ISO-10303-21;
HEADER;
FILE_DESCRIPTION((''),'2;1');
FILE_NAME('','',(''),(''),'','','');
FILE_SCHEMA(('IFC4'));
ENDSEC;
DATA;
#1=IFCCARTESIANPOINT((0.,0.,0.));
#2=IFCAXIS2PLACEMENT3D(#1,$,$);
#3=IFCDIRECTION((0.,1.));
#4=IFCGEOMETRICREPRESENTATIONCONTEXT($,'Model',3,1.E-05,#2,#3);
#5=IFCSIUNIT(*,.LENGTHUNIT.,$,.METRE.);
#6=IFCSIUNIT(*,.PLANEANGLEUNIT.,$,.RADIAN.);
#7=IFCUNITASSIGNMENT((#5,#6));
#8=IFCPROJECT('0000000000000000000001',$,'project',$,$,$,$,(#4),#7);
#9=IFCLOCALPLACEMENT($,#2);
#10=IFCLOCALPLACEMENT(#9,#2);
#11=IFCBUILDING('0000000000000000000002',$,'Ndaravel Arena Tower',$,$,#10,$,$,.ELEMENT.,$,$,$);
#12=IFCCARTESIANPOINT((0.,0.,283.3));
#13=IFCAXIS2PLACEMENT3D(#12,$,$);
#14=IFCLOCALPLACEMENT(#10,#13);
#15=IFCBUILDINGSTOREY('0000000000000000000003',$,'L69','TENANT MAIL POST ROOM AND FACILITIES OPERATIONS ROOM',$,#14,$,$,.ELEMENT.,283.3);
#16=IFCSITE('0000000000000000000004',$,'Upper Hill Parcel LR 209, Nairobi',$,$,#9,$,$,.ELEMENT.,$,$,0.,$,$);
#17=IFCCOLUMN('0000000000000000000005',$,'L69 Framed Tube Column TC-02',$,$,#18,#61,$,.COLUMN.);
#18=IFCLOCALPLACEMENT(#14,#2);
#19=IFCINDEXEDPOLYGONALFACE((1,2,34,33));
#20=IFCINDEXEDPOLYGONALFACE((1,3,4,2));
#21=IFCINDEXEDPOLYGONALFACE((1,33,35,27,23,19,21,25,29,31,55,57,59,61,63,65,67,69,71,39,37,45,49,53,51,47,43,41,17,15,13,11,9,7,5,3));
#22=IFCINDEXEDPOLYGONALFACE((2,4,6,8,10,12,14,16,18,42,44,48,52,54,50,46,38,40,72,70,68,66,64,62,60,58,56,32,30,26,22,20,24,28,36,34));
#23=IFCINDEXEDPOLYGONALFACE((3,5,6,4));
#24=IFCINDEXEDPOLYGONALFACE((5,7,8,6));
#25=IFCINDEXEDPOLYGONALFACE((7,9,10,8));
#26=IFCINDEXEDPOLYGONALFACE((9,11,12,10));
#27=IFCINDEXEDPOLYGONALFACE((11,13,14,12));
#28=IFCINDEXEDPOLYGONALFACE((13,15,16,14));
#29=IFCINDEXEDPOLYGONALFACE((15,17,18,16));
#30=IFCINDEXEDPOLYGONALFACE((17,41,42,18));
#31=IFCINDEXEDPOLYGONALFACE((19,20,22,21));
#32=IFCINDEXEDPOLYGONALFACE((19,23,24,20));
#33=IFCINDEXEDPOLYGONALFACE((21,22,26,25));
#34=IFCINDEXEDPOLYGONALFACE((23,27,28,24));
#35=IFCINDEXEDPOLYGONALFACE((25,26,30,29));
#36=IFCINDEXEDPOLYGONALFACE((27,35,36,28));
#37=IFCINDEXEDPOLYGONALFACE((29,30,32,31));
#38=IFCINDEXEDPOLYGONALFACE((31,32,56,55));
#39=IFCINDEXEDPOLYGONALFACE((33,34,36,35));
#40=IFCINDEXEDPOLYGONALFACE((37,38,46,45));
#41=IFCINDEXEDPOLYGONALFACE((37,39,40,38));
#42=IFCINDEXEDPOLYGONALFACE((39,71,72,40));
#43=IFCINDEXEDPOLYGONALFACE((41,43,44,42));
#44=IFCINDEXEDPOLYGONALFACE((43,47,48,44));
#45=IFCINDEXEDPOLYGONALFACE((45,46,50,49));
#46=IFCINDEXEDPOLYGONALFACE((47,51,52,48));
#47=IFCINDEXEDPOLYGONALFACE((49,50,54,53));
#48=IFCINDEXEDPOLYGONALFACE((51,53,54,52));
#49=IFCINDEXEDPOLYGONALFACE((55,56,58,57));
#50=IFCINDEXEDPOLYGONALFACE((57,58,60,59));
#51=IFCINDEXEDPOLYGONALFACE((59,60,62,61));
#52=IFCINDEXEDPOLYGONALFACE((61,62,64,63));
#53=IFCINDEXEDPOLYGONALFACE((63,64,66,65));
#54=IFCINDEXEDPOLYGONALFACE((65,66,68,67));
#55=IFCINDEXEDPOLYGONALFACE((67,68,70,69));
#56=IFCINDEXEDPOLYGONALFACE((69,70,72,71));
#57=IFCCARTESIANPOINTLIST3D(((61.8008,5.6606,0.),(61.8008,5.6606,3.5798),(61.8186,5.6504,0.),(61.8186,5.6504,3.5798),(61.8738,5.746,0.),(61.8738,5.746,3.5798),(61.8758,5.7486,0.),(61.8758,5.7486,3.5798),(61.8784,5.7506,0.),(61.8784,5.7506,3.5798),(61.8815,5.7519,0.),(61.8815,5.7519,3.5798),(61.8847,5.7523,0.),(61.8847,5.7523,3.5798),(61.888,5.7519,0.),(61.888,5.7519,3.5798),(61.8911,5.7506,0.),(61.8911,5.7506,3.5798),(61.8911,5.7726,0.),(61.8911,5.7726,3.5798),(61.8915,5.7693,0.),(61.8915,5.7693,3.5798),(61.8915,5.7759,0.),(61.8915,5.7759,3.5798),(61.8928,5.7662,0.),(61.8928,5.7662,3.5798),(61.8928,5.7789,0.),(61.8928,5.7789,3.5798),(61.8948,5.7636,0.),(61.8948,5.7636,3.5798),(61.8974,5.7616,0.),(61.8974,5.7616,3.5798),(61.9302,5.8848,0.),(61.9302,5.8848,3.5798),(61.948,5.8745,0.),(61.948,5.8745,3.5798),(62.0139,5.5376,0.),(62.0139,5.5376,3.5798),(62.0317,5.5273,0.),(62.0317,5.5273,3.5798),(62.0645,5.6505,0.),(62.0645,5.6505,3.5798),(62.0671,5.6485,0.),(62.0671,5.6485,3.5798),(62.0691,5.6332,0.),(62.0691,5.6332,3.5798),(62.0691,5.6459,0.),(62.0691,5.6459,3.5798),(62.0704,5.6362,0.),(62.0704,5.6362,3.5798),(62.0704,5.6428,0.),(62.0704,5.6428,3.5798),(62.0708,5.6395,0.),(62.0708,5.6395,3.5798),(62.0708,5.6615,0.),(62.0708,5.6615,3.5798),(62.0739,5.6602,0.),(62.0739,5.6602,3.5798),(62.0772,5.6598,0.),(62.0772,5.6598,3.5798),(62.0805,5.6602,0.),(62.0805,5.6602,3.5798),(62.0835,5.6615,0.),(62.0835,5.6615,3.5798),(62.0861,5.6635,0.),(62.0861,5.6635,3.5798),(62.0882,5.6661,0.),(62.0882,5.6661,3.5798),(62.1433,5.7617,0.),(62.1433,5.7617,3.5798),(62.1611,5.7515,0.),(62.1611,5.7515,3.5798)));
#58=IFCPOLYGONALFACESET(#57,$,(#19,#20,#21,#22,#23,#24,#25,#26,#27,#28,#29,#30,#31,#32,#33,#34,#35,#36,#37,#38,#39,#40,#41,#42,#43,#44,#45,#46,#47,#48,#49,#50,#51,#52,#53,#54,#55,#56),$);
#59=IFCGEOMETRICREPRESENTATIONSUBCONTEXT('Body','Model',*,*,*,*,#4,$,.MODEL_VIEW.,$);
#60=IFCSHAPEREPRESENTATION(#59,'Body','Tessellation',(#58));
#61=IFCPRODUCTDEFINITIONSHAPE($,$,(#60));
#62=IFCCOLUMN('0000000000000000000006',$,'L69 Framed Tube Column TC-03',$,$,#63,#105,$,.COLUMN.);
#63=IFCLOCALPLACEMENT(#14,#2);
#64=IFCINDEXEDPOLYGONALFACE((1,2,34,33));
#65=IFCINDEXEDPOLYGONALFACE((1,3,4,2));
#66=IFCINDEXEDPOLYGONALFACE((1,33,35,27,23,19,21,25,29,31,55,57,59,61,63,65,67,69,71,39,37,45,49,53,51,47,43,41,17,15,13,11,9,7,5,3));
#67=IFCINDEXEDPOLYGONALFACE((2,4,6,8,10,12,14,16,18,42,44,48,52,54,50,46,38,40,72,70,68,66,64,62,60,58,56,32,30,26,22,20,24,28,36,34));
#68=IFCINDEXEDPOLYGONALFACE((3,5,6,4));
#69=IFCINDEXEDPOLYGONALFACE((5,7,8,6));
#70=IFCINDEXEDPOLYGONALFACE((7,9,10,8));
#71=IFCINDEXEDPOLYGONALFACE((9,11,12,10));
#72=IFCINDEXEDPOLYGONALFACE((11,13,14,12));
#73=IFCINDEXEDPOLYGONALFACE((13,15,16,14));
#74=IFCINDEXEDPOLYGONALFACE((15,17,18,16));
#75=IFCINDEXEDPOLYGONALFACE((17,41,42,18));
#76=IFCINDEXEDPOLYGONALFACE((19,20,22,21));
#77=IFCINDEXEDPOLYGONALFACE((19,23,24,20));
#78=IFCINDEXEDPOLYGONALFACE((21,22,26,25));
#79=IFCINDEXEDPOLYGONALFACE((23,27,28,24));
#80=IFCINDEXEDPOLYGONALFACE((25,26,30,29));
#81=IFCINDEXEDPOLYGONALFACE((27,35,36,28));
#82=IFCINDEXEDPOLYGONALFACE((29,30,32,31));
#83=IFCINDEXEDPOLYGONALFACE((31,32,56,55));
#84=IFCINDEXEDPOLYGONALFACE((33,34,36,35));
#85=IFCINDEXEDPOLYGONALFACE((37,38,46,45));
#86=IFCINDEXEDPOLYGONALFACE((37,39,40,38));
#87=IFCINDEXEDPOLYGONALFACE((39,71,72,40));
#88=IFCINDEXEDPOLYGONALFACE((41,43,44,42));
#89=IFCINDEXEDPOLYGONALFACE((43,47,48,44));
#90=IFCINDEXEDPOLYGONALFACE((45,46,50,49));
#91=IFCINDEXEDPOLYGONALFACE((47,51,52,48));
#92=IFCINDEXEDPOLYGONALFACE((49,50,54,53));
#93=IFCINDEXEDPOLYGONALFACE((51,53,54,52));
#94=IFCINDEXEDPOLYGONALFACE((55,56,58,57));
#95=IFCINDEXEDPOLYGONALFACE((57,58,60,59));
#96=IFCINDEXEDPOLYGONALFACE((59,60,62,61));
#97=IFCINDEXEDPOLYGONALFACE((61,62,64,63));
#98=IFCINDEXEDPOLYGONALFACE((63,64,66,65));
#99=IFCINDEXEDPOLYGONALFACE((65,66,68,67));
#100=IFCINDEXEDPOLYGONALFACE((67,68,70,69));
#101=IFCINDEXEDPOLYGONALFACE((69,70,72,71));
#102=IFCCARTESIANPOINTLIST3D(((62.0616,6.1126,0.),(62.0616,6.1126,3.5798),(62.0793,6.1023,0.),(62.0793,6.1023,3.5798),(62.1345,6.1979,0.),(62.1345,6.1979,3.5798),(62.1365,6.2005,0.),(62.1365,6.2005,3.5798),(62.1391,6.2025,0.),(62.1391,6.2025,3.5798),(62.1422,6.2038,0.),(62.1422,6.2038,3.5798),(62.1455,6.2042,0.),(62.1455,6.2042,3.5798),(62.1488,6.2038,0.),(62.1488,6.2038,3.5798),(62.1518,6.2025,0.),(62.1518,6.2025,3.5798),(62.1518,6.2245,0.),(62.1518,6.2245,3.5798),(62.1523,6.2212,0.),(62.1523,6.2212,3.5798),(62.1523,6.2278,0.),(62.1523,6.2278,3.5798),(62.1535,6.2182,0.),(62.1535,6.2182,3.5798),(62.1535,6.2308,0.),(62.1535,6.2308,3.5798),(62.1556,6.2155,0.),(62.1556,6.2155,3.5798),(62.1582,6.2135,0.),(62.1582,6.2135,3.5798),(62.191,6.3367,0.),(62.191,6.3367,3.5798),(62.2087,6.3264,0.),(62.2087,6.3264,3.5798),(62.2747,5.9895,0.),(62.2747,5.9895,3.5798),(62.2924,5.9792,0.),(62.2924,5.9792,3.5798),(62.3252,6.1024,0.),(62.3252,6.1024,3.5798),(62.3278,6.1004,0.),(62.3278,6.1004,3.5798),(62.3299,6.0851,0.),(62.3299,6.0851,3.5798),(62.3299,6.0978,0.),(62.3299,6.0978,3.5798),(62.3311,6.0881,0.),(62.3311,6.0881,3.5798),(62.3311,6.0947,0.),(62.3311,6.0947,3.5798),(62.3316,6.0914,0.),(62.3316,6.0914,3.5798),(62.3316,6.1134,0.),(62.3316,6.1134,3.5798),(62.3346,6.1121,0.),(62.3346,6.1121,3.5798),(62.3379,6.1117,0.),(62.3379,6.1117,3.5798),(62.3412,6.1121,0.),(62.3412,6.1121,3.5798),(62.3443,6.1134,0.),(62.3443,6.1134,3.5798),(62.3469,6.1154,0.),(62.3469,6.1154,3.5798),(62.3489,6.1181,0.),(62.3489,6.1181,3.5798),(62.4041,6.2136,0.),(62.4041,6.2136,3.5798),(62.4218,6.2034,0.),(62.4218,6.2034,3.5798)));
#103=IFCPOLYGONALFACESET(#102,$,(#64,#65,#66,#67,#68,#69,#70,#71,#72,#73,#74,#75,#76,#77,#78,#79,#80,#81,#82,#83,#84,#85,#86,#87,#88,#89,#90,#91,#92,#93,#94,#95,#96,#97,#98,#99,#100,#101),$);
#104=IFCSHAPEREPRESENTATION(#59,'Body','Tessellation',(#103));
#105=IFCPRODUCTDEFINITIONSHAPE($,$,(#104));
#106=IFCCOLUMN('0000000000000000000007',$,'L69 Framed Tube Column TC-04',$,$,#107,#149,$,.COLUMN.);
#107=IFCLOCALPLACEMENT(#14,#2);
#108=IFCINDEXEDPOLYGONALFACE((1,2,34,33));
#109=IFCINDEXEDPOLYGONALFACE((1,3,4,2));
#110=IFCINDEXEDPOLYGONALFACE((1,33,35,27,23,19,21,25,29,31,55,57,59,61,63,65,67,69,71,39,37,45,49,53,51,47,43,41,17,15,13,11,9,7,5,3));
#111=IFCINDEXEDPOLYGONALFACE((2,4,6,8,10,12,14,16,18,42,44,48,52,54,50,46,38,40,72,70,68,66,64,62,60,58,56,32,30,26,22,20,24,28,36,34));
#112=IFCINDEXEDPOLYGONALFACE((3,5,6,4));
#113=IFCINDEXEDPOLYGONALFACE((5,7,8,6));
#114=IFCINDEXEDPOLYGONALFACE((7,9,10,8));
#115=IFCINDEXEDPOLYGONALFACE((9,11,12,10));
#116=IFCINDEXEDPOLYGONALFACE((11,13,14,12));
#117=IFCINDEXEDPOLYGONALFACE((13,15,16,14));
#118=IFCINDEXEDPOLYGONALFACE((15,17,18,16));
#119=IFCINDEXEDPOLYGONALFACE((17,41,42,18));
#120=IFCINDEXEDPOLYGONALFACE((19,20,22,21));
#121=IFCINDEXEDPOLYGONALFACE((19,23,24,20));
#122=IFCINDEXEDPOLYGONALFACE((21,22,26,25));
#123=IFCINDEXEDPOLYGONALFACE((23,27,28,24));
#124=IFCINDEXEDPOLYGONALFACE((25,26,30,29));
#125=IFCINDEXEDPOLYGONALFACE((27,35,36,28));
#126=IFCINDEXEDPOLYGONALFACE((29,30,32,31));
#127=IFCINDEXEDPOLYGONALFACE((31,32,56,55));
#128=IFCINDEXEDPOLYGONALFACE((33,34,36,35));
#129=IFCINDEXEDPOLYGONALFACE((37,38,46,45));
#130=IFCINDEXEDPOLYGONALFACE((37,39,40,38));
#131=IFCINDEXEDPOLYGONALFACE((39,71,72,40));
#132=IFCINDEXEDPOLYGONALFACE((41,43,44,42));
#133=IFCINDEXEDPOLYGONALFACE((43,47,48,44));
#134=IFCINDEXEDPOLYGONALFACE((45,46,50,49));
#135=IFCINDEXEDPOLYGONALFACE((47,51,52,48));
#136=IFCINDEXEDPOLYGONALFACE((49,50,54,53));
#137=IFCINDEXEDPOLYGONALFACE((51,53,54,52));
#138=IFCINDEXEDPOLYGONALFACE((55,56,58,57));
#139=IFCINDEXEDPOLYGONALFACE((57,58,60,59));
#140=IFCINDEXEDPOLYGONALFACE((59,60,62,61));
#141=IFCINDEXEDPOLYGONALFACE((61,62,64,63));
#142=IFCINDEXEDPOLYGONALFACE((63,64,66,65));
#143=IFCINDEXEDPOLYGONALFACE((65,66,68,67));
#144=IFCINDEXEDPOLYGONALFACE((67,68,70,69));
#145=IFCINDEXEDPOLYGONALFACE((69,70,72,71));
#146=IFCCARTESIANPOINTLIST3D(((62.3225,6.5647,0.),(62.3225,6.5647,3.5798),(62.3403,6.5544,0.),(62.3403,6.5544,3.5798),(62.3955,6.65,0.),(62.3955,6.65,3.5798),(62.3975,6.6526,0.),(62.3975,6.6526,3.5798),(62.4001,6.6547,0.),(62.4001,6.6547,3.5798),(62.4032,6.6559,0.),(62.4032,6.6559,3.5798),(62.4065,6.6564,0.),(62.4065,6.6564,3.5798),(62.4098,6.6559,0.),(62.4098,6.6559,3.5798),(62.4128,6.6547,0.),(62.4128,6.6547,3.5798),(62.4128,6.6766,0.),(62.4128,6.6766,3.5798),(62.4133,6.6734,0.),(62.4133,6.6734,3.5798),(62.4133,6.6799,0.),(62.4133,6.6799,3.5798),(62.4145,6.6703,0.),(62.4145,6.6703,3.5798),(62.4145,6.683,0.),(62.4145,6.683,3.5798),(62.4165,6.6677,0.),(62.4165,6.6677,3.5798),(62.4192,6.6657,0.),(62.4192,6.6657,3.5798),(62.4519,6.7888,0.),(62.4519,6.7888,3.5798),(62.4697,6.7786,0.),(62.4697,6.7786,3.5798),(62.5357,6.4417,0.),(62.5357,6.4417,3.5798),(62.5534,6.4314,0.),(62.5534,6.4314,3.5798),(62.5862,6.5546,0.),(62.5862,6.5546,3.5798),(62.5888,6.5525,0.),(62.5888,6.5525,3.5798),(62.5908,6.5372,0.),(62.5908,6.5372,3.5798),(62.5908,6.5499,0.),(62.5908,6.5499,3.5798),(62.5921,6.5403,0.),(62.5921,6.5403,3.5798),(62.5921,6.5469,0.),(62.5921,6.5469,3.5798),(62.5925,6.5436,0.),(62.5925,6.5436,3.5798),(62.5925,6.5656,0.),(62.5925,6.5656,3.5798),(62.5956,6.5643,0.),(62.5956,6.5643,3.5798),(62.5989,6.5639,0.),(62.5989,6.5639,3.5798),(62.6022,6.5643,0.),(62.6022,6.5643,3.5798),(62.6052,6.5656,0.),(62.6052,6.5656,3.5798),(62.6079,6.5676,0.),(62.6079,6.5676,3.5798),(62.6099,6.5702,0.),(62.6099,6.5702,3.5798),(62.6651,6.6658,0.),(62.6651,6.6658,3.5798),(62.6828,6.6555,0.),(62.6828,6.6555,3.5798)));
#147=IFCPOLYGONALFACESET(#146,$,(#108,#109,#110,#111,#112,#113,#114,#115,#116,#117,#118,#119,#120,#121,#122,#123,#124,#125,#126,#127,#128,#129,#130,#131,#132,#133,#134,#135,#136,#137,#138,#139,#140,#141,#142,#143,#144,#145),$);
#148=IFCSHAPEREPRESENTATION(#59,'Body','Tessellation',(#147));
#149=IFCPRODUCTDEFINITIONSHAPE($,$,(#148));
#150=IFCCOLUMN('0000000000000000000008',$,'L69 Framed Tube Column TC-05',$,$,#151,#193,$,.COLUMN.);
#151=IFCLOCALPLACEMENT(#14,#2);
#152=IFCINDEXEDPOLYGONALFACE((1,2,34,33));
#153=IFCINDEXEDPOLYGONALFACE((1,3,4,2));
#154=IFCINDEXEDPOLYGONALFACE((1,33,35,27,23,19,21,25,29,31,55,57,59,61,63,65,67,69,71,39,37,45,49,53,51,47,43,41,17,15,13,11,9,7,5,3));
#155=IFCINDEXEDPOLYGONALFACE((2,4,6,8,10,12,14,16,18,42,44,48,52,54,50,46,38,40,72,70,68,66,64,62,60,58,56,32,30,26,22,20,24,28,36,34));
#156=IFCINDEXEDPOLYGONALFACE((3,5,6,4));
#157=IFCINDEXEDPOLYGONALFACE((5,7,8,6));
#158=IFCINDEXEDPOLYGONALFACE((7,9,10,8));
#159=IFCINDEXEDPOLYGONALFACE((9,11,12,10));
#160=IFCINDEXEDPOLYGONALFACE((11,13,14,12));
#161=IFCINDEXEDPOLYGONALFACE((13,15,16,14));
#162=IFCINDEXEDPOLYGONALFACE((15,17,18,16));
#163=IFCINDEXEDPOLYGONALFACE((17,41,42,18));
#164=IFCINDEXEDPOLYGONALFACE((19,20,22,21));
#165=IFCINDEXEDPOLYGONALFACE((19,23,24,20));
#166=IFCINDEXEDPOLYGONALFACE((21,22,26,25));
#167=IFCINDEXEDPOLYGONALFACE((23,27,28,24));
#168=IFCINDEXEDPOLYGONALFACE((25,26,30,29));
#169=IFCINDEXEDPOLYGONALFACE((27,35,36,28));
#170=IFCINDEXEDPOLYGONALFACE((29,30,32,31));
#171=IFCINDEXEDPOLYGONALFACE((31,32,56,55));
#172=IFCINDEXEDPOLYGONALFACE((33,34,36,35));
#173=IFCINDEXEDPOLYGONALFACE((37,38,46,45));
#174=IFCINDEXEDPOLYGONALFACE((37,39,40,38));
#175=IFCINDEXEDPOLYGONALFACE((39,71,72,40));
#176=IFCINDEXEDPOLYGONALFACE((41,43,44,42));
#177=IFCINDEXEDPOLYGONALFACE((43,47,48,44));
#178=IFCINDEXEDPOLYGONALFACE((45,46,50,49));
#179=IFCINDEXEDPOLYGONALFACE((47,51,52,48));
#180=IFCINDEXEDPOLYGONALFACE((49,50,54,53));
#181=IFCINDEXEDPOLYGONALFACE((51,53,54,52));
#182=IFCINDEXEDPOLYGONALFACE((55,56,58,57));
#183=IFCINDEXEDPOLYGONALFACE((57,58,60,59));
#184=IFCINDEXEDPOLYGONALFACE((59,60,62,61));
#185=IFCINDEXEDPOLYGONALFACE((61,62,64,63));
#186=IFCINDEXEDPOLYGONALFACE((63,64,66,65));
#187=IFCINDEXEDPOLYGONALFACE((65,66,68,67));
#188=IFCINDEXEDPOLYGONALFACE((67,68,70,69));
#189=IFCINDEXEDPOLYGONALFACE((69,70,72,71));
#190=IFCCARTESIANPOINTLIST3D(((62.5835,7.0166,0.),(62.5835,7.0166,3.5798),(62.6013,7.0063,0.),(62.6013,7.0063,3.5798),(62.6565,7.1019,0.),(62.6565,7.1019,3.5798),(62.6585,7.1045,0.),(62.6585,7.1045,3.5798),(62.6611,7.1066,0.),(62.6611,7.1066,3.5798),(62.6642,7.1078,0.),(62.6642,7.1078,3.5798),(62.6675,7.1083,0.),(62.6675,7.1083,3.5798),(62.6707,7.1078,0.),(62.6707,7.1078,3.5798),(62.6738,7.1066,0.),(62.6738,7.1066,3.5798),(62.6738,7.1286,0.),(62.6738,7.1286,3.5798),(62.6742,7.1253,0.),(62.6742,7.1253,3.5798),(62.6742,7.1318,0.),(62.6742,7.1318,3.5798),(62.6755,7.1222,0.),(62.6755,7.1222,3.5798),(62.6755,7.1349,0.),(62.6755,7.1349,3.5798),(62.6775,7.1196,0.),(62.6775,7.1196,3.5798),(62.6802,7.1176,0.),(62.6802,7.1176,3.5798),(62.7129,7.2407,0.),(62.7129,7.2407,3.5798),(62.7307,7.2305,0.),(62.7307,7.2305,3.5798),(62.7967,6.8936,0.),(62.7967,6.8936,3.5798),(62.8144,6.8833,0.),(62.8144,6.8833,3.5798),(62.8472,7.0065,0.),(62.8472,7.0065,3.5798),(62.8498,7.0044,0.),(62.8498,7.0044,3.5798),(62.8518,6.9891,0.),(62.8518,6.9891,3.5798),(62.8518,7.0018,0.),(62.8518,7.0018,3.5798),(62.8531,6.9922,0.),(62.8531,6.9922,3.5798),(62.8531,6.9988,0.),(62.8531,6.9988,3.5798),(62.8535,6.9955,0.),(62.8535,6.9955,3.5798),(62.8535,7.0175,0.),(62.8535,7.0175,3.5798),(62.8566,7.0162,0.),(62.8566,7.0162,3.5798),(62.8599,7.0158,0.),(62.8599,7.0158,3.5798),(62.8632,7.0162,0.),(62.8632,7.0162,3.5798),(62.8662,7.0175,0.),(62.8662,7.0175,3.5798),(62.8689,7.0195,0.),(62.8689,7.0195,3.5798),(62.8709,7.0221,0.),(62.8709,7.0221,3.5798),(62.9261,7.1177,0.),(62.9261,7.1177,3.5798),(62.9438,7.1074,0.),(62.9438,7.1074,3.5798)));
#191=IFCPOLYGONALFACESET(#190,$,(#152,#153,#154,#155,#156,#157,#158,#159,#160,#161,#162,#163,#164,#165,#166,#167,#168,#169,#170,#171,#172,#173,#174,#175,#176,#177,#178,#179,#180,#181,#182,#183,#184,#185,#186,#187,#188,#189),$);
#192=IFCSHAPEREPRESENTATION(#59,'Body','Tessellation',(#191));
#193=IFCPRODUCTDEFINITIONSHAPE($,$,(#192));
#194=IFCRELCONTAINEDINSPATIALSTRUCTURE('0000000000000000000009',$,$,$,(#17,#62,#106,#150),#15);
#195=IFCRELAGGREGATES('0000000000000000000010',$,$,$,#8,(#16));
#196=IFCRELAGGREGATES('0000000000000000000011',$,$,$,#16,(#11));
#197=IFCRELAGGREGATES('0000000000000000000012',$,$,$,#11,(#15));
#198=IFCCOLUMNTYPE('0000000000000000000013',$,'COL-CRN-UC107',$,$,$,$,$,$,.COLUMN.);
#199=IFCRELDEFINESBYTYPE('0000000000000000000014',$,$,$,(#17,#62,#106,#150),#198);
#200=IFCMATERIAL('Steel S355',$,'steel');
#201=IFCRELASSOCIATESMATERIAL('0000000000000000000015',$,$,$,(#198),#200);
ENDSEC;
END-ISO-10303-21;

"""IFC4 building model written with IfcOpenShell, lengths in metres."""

from ifc_helpers import new_model, si_unit, direction, frame, origin, origin_2d, place, context, subcontext, project, spatial, i_section, extrude, material, material_profile, profile_set, type_object, element, save


model = new_model("IFC4")

# Units and contexts
model_context = context("Model", 3, precision=1e-05, world=origin(), true_north=direction((0.0, 1.0)))
body_context = subcontext(model_context, "Body", "Model", "MODEL_VIEW")
ifc_project = project(units=[si_unit("LENGTHUNIT", "METRE"), si_unit("PLANEANGLEUNIT", "RADIAN")], contexts=[model_context])

# Site, building, storey
site_placement = place(None, origin())
site = spatial("IfcSite", under=ifc_project, at=site_placement, Name="Upper Hill Parcel LR 209, Nairobi", CompositionType="ELEMENT", RefElevation=0.0)
building_placement = place(site_placement, origin())
building = spatial("IfcBuilding", under=site, at=building_placement, Name="Ndaravel Arena Tower", CompositionType="ELEMENT")
storey_placement = place(building_placement, frame((0.0, 0.0, 283.3)))
storey = spatial("IfcBuildingStorey", under=building, at=storey_placement, Name="L69", Description="TENANT MAIL POST ROOM AND FACILITIES OPERATIONS ROOM", CompositionType="ELEMENT", Elevation=283.3)

# Columns
ifc_material_1 = material(Name="Steel S355", Category="steel")
ifc_material_profile_1 = material_profile(ifc_material_1, i_section(OverallWidth=0.2588, OverallDepth=0.2666, WebThickness=0.0127, FlangeThickness=0.0205, FilletRadius=0.0127, at=origin_2d()), Name="UC 254x254x107")
ifc_profile_set_1 = profile_set([ifc_material_profile_1], Name="Steel S355")
column_type = type_object("IfcColumnType", Name="COL-CRN-UC107", PredefinedType="COLUMN", material=ifc_profile_set_1)
for number, where, z_axis, x_axis, name in (
    (1, (61.981, 5.7061, 0.0), (0.0, 0.0, 1.0), (0.5, 0.866025, 0.0), "L69 Framed Tube Column TC-02"),
    (2, (62.2417, 6.158, 0.0), (0.0, 0.0, 1.0), (0.5, 0.866025, 0.0), "L69 Framed Tube Column TC-03"),
    (3, (62.5027, 6.6101, 0.0), (0.0, 0.0, 1.0), (0.5, 0.866025, 0.0), "L69 Framed Tube Column TC-04"),
    (4, (62.7637, 7.062, 0.0), (0.0, 0.0, 1.0), (0.5, 0.866025, 0.0), "L69 Framed Tube Column TC-05"),
):
    element("IfcColumn", number, at=place(storey_placement, frame(where, z_axis=z_axis, x_axis=x_axis)), inside=storey, type_object=column_type, Name=name, PredefinedType="COLUMN", context=body_context, shape_type="SweptSolid", body=[
        extrude(i_section(OverallWidth=0.2588, OverallDepth=0.2666, WebThickness=0.0127, FlangeThickness=0.0205, FilletRadius=0.0127, at=origin_2d()), origin(), (0.0, 0.0, 1.0), 3.5798),
    ])

save(model, "model.ifc")
